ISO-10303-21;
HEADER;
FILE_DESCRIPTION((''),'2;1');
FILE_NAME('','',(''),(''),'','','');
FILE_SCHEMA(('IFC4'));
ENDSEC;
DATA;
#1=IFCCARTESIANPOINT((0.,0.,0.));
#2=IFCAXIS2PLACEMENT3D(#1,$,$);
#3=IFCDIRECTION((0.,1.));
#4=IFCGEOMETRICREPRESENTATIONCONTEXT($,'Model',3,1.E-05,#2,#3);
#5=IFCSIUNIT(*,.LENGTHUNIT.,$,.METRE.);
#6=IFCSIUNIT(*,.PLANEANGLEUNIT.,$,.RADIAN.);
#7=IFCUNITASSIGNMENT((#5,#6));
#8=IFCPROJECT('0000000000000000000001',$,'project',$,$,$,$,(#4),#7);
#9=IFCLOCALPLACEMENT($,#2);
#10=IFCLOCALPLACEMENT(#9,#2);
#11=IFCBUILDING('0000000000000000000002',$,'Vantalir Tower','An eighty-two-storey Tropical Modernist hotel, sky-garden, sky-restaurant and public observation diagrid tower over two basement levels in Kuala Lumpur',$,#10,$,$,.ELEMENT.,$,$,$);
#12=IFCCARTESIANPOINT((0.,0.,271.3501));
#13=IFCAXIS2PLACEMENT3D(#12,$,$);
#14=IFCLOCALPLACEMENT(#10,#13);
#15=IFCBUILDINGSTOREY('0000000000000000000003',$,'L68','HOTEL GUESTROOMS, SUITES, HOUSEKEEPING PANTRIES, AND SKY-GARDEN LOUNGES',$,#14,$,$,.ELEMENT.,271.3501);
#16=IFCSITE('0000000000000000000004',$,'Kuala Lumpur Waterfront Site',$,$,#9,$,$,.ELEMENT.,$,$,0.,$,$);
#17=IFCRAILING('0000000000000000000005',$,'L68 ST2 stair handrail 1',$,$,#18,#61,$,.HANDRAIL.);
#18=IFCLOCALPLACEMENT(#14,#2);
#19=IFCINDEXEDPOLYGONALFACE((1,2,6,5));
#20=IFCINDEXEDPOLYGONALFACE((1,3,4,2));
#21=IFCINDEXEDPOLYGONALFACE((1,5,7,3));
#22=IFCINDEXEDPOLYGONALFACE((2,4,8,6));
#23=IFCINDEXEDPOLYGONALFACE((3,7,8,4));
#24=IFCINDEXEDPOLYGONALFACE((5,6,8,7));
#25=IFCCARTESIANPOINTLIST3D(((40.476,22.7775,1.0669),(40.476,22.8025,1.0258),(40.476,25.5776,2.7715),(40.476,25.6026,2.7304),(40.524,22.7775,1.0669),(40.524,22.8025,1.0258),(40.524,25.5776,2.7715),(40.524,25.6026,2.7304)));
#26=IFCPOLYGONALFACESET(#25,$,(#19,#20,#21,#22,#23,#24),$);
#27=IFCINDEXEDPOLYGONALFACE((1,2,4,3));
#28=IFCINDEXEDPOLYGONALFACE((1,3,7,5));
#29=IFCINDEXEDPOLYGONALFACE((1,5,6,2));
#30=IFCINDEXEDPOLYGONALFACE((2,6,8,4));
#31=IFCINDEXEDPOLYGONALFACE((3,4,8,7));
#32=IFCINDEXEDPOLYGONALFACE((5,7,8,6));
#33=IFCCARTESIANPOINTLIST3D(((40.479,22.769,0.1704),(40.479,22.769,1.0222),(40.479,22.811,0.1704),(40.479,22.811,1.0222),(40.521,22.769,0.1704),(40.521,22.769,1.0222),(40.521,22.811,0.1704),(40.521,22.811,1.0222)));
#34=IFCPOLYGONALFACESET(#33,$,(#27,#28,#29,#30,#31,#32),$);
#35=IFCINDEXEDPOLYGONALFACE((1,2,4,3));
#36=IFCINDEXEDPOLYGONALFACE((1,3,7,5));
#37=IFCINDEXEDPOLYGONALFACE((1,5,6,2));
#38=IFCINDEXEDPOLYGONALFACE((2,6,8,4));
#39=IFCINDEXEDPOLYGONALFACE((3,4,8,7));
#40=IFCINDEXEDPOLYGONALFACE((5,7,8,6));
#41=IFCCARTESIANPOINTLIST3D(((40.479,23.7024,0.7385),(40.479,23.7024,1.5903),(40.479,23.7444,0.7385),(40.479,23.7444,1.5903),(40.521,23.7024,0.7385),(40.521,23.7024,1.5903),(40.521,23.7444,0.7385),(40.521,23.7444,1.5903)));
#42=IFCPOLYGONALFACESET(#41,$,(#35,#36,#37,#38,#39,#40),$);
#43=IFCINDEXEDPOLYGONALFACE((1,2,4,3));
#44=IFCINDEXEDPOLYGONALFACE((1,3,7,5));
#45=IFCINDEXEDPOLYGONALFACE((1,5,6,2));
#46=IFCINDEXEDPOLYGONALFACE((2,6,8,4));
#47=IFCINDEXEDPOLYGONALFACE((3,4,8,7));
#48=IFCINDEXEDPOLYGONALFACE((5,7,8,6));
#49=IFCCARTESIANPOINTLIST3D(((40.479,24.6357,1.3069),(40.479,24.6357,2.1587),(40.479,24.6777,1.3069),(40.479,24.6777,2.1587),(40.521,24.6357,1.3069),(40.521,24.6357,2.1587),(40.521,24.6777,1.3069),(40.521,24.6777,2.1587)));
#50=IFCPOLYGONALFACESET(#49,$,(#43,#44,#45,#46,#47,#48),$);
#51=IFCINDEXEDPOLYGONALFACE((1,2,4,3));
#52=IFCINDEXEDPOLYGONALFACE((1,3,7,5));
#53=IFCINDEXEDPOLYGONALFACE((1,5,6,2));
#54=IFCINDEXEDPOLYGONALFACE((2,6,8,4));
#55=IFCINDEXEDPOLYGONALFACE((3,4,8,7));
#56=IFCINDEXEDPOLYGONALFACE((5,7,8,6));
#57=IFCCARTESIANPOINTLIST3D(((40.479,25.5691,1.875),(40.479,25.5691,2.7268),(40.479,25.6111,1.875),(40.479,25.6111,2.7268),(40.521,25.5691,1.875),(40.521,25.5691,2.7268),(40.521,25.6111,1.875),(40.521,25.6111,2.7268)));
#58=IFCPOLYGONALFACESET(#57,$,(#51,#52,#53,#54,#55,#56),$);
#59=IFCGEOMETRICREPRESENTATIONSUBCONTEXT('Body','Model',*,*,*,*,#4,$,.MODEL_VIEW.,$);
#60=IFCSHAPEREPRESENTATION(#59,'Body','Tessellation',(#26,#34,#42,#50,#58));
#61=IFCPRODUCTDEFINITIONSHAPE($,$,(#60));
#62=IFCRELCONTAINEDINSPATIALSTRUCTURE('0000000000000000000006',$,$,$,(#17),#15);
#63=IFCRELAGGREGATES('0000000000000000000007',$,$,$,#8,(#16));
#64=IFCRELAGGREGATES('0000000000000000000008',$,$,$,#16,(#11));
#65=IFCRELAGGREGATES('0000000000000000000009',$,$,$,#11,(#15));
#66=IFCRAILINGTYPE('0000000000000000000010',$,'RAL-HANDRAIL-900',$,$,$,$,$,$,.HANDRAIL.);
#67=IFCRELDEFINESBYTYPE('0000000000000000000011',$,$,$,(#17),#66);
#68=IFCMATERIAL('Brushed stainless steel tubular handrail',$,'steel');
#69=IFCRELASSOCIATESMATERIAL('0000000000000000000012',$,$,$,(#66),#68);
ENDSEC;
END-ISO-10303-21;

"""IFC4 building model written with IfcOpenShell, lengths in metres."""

from ifc_helpers import new_model, si_unit, direction, frame, origin, origin_2d, place, context, subcontext, project, spatial, rectangle, extrude, material, type_object, element, save


model = new_model("IFC4")

# Units and contexts
model_context = context("Model", 3, precision=1e-05, world=origin(), true_north=direction((0.0, 1.0)))
body_context = subcontext(model_context, "Body", "Model", "MODEL_VIEW")
ifc_project = project(units=[si_unit("LENGTHUNIT", "METRE"), si_unit("PLANEANGLEUNIT", "RADIAN")], contexts=[model_context])

# Site, building, storey
site_placement = place(None, origin())
site = spatial("IfcSite", under=ifc_project, at=site_placement, Name="Kuala Lumpur Waterfront Site", CompositionType="ELEMENT", RefElevation=0.0)
building_placement = place(site_placement, origin())
building = spatial("IfcBuilding", under=site, at=building_placement, Name="Vantalir Tower", Description="An eighty-two-storey Tropical Modernist hotel, sky-garden, sky-restaurant and public observation diagrid tower over two basement levels in Kuala Lumpur", CompositionType="ELEMENT")
storey_placement = place(building_placement, frame((0.0, 0.0, 271.3501)))
storey = spatial("IfcBuildingStorey", under=building, at=storey_placement, Name="L68", Description="HOTEL GUESTROOMS, SUITES, HOUSEKEEPING PANTRIES, AND SKY-GARDEN LOUNGES", CompositionType="ELEMENT", Elevation=271.3501)

# Railing
ifc_material_1 = material(Name="Brushed stainless steel tubular handrail", Category="steel")
railing_type_1 = type_object("IfcRailingType", Name="RAL-HANDRAIL-900", PredefinedType="HANDRAIL", material=ifc_material_1)
railing_1_placement = place(storey_placement, frame((40.5, 22.79, 0.1704)))
element("IfcRailing", 1, at=railing_1_placement, inside=storey, type_object=railing_type_1, Name="L68 ST2 stair handrail 1", PredefinedType="HANDRAIL", context=body_context, shape_type="SweptSolid", body=[
    extrude(rectangle(XDim=0.0481, YDim=0.0481, at=origin_2d()), frame((0.0, 0.0, 0.876), z_axis=(0.0, 0.85417, 0.519994), x_axis=(-1.0, 0.0, 0.0)), (0.0, 0.0, 1.0), 3.2781),
    extrude(rectangle(XDim=0.042, YDim=0.042, at=origin_2d()), origin(), (0.0, 0.0, 1.0), 0.8518),
    extrude(rectangle(XDim=0.042, YDim=0.042, at=origin_2d()), frame((0.0, 0.9333, 0.5681)), (0.0, 0.0, 1.0), 0.8518),
    extrude(rectangle(XDim=0.042, YDim=0.042, at=origin_2d()), frame((0.0, 1.8667, 1.1365)), (0.0, 0.0, 1.0), 0.8518),
    extrude(rectangle(XDim=0.042, YDim=0.042, at=origin_2d()), frame((0.0, 2.8, 1.7046)), (0.0, 0.0, 1.0), 0.8518),
])

save(model, "model.ifc")
